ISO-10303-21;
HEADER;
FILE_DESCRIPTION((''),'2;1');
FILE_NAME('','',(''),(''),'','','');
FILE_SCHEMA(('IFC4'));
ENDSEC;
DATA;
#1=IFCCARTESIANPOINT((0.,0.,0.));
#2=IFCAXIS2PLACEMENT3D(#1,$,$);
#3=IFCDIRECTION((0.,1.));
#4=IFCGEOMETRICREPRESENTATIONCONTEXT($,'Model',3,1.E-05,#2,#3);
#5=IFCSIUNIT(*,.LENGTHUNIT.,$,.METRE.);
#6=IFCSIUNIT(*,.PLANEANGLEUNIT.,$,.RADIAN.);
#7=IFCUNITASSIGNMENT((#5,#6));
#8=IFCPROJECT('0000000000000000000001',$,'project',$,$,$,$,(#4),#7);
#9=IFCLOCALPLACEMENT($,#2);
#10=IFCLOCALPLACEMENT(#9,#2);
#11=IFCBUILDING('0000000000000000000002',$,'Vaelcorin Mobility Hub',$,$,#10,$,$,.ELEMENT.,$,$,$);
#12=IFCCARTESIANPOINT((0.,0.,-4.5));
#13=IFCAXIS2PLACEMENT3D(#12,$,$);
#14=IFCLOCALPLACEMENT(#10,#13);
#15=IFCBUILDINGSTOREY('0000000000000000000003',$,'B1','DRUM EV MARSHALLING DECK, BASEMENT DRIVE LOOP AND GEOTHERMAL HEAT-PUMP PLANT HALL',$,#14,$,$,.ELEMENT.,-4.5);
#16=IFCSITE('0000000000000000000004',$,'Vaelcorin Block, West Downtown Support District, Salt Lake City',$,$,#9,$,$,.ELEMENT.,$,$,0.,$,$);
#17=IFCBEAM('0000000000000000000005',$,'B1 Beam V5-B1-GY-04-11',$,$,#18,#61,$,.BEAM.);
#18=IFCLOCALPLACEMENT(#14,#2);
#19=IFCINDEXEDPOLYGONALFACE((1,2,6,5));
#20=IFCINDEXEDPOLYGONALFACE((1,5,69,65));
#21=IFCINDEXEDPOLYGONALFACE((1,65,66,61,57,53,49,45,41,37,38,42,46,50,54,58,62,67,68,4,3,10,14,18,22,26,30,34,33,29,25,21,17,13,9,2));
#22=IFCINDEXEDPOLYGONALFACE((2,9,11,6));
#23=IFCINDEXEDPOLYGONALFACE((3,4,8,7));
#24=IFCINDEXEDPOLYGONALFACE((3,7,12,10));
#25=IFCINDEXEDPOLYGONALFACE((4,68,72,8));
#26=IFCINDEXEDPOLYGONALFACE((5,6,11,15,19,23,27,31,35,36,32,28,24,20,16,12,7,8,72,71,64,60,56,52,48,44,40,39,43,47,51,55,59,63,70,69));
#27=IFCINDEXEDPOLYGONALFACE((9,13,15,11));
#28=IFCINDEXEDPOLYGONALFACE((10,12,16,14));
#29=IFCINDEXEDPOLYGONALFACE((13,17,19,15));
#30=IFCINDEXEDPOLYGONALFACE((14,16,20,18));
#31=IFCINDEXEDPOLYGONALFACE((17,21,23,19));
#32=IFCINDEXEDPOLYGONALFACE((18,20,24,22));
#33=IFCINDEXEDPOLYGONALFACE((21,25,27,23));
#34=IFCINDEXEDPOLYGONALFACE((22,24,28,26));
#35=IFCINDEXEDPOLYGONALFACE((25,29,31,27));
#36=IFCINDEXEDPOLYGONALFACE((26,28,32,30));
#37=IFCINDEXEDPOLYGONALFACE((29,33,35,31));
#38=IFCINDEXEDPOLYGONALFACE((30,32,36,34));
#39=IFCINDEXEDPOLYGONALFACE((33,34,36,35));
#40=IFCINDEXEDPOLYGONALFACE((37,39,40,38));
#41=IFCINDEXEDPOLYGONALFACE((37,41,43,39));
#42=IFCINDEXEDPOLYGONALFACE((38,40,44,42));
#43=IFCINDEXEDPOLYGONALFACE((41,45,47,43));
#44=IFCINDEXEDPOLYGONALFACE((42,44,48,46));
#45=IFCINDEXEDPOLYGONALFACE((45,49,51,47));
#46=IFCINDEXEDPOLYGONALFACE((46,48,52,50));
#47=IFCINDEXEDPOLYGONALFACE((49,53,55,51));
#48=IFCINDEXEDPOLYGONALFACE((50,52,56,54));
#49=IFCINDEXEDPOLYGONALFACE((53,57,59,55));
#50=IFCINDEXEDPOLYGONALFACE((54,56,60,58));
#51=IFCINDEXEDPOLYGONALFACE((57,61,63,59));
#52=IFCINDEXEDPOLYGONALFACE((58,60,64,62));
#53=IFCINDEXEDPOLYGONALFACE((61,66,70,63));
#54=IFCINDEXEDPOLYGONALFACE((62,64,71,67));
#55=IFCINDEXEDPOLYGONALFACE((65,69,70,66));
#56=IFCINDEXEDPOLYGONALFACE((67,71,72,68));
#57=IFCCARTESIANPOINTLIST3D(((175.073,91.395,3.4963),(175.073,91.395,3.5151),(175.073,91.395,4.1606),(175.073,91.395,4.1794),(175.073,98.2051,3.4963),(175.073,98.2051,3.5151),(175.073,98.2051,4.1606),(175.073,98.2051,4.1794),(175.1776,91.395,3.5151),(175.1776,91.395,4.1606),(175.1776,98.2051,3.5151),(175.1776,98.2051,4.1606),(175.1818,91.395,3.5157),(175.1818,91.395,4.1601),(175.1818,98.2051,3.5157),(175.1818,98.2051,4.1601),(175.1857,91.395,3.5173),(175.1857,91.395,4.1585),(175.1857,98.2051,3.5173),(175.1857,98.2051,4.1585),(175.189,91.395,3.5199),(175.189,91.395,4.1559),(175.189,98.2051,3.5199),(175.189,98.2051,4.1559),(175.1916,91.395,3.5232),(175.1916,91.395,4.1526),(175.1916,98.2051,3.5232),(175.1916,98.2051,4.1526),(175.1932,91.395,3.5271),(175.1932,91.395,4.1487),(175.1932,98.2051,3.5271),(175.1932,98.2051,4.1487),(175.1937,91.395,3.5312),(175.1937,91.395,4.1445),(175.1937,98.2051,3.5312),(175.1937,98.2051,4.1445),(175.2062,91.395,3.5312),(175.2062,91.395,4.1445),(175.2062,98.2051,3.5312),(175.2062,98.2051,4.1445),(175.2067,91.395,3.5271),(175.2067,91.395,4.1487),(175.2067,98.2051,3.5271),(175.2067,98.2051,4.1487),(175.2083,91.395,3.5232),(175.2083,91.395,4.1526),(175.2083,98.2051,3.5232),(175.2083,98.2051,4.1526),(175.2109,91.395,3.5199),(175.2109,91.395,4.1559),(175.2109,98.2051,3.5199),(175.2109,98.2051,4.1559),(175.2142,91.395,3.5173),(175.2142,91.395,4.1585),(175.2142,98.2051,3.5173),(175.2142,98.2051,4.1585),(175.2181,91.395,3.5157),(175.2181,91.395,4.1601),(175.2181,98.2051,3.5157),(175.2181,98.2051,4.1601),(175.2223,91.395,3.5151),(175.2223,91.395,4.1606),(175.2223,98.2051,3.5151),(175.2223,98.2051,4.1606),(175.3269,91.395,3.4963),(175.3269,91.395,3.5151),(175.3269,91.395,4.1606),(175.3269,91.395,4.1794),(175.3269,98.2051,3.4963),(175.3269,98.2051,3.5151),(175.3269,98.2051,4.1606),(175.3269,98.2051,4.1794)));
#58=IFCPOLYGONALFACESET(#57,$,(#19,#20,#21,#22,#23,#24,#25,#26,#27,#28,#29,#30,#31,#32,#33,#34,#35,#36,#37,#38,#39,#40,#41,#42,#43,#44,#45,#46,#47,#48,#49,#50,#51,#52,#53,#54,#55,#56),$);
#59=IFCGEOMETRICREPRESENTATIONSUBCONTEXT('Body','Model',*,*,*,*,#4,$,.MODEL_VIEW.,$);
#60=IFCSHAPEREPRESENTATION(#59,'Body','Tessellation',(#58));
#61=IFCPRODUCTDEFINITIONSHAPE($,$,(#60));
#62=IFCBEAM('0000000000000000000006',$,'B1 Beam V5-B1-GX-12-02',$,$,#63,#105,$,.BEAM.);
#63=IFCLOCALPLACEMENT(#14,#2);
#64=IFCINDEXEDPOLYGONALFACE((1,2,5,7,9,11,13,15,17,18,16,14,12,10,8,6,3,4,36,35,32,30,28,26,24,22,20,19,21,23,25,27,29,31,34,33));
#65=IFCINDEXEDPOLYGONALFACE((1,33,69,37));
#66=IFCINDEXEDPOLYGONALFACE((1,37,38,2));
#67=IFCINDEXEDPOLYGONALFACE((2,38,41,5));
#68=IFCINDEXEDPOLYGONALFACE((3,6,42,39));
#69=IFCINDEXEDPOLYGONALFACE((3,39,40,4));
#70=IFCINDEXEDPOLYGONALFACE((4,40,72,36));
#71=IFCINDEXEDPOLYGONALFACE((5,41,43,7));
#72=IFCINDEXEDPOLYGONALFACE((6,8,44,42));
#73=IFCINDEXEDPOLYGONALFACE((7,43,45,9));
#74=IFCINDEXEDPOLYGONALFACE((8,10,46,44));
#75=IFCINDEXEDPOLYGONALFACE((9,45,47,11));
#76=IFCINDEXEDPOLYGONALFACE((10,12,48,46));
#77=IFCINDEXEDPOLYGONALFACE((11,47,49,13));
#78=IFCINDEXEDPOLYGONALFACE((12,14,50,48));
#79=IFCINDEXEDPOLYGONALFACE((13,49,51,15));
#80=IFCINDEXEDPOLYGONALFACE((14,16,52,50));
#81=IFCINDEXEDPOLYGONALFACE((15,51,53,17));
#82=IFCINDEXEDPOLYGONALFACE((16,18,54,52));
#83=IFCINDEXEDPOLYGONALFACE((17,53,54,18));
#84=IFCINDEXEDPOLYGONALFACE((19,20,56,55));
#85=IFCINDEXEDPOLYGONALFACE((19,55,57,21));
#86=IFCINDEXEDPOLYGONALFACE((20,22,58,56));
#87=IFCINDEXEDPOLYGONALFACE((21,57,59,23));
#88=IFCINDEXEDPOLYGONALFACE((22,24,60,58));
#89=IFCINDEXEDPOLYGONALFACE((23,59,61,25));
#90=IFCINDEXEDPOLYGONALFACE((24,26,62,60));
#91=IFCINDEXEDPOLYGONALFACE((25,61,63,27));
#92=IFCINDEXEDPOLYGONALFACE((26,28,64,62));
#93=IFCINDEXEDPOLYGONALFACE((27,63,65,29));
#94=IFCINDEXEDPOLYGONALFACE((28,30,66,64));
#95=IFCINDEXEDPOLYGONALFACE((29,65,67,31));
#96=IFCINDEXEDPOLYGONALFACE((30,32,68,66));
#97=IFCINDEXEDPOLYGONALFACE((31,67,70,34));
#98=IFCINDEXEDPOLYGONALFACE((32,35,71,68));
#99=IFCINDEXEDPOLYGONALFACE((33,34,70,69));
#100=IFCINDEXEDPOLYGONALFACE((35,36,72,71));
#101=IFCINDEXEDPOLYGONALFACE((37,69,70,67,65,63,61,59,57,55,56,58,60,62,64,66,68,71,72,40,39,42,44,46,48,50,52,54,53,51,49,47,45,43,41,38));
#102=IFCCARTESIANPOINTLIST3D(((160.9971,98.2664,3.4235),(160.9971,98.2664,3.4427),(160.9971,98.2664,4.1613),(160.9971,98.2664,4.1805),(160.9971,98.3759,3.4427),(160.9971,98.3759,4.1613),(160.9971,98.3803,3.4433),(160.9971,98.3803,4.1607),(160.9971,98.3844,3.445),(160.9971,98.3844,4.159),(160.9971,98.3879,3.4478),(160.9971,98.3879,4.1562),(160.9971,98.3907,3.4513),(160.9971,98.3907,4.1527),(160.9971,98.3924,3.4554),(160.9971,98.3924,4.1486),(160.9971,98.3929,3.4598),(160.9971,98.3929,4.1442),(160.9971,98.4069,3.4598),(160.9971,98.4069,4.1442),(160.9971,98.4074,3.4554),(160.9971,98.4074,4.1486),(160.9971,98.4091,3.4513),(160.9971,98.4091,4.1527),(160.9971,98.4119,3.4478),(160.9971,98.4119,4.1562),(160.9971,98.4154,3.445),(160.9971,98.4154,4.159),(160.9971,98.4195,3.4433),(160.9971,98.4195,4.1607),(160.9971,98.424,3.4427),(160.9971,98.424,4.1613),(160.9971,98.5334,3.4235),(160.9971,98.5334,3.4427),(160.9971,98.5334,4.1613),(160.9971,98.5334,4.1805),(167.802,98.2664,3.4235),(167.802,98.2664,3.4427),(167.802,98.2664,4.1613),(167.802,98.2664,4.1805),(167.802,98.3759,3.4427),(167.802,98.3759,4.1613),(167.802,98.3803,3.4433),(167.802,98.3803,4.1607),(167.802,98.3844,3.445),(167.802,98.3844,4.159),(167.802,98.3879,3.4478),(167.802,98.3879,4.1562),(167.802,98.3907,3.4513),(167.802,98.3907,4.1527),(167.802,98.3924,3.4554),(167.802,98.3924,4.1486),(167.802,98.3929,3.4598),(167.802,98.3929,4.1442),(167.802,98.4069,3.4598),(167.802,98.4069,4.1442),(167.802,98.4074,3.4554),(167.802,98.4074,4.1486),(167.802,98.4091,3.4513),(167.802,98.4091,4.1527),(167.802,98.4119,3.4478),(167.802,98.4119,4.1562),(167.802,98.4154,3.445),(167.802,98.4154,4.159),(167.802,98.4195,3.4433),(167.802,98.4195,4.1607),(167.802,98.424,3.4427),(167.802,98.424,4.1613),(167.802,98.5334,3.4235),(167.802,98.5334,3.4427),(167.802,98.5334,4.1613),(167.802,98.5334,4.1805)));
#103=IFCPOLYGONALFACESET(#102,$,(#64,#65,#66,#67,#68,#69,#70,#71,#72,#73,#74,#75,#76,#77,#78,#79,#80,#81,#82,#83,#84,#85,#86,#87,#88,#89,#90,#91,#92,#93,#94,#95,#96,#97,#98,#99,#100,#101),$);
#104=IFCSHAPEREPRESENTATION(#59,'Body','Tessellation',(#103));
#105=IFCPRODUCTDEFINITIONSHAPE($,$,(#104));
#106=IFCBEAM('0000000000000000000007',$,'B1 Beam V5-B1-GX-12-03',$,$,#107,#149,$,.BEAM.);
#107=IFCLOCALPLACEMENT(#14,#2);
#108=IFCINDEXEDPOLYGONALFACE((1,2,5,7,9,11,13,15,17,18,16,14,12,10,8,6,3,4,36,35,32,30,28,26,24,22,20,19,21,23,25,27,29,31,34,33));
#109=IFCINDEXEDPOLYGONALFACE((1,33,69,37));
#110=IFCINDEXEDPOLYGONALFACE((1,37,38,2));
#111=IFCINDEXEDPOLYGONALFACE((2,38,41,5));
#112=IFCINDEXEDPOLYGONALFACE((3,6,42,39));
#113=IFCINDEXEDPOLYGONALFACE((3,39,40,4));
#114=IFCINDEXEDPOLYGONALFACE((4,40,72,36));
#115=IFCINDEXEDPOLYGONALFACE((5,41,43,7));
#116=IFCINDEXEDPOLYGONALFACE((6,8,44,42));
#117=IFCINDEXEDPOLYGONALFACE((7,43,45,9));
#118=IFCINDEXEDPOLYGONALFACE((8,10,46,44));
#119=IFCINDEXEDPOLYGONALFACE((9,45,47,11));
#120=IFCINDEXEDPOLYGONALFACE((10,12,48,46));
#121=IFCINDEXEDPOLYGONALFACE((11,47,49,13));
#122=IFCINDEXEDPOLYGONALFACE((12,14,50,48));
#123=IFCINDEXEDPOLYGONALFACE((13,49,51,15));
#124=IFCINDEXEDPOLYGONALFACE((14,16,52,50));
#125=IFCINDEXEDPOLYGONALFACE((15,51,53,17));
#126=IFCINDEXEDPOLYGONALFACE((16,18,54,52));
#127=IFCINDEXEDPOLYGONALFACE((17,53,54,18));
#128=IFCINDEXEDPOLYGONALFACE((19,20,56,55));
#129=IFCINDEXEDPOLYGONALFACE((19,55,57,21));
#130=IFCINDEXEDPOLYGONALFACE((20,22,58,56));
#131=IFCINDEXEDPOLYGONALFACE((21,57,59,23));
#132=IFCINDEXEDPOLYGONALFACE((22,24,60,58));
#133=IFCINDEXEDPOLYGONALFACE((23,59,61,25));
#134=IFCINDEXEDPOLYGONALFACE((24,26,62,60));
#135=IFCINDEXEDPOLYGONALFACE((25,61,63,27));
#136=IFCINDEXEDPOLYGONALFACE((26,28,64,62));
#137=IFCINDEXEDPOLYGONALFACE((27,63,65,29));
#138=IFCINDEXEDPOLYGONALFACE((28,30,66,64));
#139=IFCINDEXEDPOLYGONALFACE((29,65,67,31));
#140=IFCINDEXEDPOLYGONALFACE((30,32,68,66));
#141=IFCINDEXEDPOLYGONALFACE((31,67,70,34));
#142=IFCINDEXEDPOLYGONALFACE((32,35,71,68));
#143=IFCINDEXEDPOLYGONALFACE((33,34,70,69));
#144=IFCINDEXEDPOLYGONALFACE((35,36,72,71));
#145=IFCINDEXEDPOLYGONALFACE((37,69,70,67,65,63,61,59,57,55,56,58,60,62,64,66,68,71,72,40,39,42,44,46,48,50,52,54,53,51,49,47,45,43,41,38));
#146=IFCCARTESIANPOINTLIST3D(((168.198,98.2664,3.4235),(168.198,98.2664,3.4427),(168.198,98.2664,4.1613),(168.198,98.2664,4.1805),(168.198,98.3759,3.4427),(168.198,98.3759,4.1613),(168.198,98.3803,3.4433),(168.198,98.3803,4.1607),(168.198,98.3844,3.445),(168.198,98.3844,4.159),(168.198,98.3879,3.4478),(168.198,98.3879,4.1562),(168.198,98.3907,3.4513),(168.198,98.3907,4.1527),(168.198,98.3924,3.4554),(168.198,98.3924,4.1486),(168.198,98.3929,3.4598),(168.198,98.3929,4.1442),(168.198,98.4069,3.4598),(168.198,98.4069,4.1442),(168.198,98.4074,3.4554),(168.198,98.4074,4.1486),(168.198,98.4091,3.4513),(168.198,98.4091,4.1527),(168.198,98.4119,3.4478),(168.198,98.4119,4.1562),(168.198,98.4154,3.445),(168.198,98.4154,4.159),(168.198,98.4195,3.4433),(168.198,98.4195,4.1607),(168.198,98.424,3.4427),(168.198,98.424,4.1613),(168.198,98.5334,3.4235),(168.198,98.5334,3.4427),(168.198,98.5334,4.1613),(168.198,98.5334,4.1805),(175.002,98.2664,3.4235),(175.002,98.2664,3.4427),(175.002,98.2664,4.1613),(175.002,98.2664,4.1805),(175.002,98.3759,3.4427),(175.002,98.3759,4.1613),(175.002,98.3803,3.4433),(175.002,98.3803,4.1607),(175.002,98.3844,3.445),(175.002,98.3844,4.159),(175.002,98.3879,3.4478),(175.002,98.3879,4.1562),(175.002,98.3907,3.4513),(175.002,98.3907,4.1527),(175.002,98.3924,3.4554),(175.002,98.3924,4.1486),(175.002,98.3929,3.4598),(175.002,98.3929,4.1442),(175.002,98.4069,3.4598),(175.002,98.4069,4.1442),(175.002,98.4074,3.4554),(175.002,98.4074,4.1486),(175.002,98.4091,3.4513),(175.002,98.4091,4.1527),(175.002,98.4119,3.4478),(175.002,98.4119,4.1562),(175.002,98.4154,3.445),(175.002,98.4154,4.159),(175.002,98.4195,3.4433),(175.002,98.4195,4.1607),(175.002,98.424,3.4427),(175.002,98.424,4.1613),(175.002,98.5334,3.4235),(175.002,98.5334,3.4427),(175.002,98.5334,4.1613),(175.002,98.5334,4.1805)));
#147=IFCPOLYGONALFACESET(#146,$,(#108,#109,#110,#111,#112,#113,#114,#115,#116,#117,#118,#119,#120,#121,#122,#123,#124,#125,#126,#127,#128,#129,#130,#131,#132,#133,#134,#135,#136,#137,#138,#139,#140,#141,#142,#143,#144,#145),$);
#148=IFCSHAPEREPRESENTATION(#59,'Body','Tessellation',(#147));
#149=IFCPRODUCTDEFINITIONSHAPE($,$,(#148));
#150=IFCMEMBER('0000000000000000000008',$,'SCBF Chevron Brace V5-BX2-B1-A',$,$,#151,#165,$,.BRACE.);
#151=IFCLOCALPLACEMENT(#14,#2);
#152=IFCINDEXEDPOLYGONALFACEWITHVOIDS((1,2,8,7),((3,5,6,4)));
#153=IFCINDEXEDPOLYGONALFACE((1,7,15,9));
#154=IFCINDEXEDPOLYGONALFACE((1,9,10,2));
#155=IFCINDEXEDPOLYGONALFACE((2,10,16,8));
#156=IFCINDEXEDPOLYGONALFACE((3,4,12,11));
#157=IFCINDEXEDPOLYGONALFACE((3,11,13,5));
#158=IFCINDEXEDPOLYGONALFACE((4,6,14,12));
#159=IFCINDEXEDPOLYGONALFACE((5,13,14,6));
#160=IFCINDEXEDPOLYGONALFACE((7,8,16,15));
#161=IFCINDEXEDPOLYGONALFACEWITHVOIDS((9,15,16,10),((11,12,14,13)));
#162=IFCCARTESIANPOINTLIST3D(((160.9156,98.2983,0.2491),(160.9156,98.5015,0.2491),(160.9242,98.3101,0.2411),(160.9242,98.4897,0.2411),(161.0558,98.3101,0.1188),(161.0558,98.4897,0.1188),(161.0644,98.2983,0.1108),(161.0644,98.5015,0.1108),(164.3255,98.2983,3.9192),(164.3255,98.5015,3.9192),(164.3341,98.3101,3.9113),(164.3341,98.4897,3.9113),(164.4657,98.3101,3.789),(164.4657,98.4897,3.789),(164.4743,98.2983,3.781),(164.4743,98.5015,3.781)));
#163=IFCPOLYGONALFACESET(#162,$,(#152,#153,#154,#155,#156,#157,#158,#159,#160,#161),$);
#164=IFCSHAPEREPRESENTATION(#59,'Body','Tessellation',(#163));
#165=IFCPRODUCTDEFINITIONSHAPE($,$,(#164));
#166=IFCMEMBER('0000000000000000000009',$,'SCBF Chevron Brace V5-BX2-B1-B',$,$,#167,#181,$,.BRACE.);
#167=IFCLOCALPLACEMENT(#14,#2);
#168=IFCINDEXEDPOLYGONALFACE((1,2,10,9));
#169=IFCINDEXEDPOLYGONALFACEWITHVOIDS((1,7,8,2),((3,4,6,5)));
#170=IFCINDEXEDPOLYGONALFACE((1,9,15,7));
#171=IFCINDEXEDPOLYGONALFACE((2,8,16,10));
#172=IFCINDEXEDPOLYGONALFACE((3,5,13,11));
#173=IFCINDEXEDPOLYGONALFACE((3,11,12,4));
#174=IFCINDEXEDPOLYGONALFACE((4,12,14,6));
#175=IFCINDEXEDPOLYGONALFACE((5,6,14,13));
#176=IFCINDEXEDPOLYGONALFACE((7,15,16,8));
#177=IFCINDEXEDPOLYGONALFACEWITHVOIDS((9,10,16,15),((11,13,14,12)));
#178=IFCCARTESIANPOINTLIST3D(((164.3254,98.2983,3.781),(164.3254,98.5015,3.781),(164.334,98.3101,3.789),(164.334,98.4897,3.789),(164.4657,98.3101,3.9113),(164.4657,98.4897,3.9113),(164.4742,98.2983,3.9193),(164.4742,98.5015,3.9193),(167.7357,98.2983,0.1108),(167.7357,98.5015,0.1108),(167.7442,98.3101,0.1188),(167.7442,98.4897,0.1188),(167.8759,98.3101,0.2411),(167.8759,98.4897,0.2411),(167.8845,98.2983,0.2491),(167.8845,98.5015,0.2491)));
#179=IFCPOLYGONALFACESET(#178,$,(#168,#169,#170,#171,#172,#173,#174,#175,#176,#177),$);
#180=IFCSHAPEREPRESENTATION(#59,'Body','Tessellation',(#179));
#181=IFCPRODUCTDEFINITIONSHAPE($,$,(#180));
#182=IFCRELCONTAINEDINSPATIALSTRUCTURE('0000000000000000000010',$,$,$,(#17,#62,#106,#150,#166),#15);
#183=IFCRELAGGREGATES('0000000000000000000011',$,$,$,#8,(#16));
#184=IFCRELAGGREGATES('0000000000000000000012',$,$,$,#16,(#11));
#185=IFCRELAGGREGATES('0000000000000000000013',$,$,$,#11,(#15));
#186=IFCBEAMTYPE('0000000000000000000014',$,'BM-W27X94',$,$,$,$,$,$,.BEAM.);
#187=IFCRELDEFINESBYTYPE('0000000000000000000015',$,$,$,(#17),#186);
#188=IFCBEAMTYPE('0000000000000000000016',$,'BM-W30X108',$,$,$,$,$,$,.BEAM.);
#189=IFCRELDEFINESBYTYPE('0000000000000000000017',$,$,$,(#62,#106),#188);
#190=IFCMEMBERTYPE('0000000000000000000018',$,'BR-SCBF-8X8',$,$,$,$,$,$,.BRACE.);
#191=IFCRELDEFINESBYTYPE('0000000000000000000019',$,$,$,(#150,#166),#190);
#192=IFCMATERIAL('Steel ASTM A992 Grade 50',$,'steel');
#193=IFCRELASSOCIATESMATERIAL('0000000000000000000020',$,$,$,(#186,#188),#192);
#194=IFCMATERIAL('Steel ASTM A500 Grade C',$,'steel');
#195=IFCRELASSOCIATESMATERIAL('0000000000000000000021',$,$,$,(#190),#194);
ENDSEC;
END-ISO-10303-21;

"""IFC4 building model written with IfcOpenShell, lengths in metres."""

from ifc_helpers import new_model, si_unit, direction, frame, origin, origin_2d, place, context, subcontext, project, spatial, hollow_rectangle, i_section, extrude, material, material_profile, profile_set, type_object, element, save


model = new_model("IFC4")

# Units and contexts
model_context = context("Model", 3, precision=1e-05, world=origin(), true_north=direction((0.0, 1.0)))
body_context = subcontext(model_context, "Body", "Model", "MODEL_VIEW")
ifc_project = project(units=[si_unit("LENGTHUNIT", "METRE"), si_unit("PLANEANGLEUNIT", "RADIAN")], contexts=[model_context])

# Site, building, storey
site_placement = place(None, origin())
site = spatial("IfcSite", under=ifc_project, at=site_placement, Name="Vaelcorin Block, West Downtown Support District, Salt Lake City", CompositionType="ELEMENT", RefElevation=0.0)
building_placement = place(site_placement, origin())
building = spatial("IfcBuilding", under=site, at=building_placement, Name="Vaelcorin Mobility Hub", CompositionType="ELEMENT")
storey_placement = place(building_placement, frame((0.0, 0.0, -4.5)))
storey = spatial("IfcBuildingStorey", under=building, at=storey_placement, Name="B1", Description="DRUM EV MARSHALLING DECK, BASEMENT DRIVE LOOP AND GEOTHERMAL HEAT-PUMP PLANT HALL", CompositionType="ELEMENT", Elevation=-4.5)

# Shared definitions
ifc_material_1 = material(Name="Steel ASTM A992 Grade 50", Category="steel")

# Beams
ifc_material_profile_1 = material_profile(ifc_material_1, i_section(OverallWidth=0.2539, OverallDepth=0.6831, WebThickness=0.0125, FlangeThickness=0.0188, FilletRadius=0.0161, at=origin_2d()), Name="W27X94")
ifc_profile_set_1 = profile_set([ifc_material_profile_1], Name="Steel ASTM A992 Grade 50")
beam_type_1 = type_object("IfcBeamType", Name="BM-W27X94", PredefinedType="BEAM", material=ifc_profile_set_1)
for number, where, z_axis, x_axis, name in (
    (1, (175.2, 91.395, 3.8379), (0.0, 1.0, 0.0), (-1.0, 0.0, 0.0), "B1 Beam V5-B1-GY-04-11"),
):
    element("IfcBeam", number, at=place(storey_placement, frame(where, z_axis=z_axis, x_axis=x_axis)), inside=storey, type_object=beam_type_1, Name=name, PredefinedType="BEAM", context=body_context, shape_type="SweptSolid", body=[
        extrude(i_section(OverallWidth=0.2539, OverallDepth=0.6831, WebThickness=0.0125, FlangeThickness=0.0188, FilletRadius=0.0161, at=origin_2d()), origin(), (0.0, 0.0, 1.0), 6.8101),
    ])
ifc_material_profile_2 = material_profile(ifc_material_1, i_section(OverallWidth=0.2671, OverallDepth=0.7571, WebThickness=0.0139, FlangeThickness=0.0193, FilletRadius=0.0171, at=origin_2d()), Name="W30X108")
ifc_profile_set_2 = profile_set([ifc_material_profile_2], Name="Steel ASTM A992 Grade 50")
beam_type_2 = type_object("IfcBeamType", Name="BM-W30X108", PredefinedType="BEAM", material=ifc_profile_set_2)
beam_1_placement = place(storey_placement, frame((160.9971, 98.3999, 3.802), z_axis=(1.0, 0.0, 0.0), x_axis=(0.0, 1.0, 0.0)))
element("IfcBeam", 2, at=beam_1_placement, inside=storey, type_object=beam_type_2, Name="B1 Beam V5-B1-GX-12-02", PredefinedType="BEAM", context=body_context, shape_type="SweptSolid", body=[
    extrude(i_section(OverallWidth=0.2671, OverallDepth=0.7571, WebThickness=0.0139, FlangeThickness=0.0193, FilletRadius=0.0171, at=origin_2d()), origin(), (0.0, 0.0, 1.0), 6.8049),
])
beam_2_placement = place(storey_placement, frame((168.198, 98.3999, 3.802), z_axis=(1.0, 0.0, 0.0), x_axis=(0.0, 1.0, 0.0)))
element("IfcBeam", 3, at=beam_2_placement, inside=storey, type_object=beam_type_2, Name="B1 Beam V5-B1-GX-12-03", PredefinedType="BEAM", context=body_context, shape_type="SweptSolid", body=[
    extrude(i_section(OverallWidth=0.2671, OverallDepth=0.7571, WebThickness=0.0139, FlangeThickness=0.0193, FilletRadius=0.0171, at=origin_2d()), origin(), (0.0, 0.0, 1.0), 6.804),
])

# Members
ifc_material_2 = material(Name="Steel ASTM A500 Grade C", Category="steel")
ifc_material_profile_3 = material_profile(ifc_material_2, hollow_rectangle(XDim=0.2031, YDim=0.2031, WallThickness=0.0117, at=origin_2d()), Name="HSS8X8X0.500")
ifc_profile_set_3 = profile_set([ifc_material_profile_3], Name="Steel ASTM A500 Grade C")
member_type = type_object("IfcMemberType", Name="BR-SCBF-8X8", PredefinedType="BRACE", material=ifc_profile_set_3)
member_1_placement = place(storey_placement, frame((160.99, 98.3999, 0.1799), z_axis=(0.680655, 0.0, 0.732604), x_axis=(0.0, 1.0, 0.0)))
element("IfcMember", 4, at=member_1_placement, inside=storey, type_object=member_type, Name="SCBF Chevron Brace V5-BX2-B1-A", PredefinedType="BRACE", context=body_context, shape_type="SweptSolid", body=[
    extrude(hollow_rectangle(XDim=0.2031, YDim=0.2031, WallThickness=0.0117, at=origin_2d()), origin(), (0.0, 0.0, 1.0), 5.0098),
])
member_2_placement = place(storey_placement, frame((167.8101, 98.3999, 0.1799), z_axis=(-0.680681, 0.0, 0.73258), x_axis=(0.0, -1.0, 0.0)))
element("IfcMember", 5, at=member_2_placement, inside=storey, type_object=member_type, Name="SCBF Chevron Brace V5-BX2-B1-B", PredefinedType="BRACE", context=body_context, shape_type="SweptSolid", body=[
    extrude(hollow_rectangle(XDim=0.2031, YDim=0.2031, WallThickness=0.0117, at=origin_2d()), origin(), (0.0, 0.0, 1.0), 5.01),
])

save(model, "model.ifc")
